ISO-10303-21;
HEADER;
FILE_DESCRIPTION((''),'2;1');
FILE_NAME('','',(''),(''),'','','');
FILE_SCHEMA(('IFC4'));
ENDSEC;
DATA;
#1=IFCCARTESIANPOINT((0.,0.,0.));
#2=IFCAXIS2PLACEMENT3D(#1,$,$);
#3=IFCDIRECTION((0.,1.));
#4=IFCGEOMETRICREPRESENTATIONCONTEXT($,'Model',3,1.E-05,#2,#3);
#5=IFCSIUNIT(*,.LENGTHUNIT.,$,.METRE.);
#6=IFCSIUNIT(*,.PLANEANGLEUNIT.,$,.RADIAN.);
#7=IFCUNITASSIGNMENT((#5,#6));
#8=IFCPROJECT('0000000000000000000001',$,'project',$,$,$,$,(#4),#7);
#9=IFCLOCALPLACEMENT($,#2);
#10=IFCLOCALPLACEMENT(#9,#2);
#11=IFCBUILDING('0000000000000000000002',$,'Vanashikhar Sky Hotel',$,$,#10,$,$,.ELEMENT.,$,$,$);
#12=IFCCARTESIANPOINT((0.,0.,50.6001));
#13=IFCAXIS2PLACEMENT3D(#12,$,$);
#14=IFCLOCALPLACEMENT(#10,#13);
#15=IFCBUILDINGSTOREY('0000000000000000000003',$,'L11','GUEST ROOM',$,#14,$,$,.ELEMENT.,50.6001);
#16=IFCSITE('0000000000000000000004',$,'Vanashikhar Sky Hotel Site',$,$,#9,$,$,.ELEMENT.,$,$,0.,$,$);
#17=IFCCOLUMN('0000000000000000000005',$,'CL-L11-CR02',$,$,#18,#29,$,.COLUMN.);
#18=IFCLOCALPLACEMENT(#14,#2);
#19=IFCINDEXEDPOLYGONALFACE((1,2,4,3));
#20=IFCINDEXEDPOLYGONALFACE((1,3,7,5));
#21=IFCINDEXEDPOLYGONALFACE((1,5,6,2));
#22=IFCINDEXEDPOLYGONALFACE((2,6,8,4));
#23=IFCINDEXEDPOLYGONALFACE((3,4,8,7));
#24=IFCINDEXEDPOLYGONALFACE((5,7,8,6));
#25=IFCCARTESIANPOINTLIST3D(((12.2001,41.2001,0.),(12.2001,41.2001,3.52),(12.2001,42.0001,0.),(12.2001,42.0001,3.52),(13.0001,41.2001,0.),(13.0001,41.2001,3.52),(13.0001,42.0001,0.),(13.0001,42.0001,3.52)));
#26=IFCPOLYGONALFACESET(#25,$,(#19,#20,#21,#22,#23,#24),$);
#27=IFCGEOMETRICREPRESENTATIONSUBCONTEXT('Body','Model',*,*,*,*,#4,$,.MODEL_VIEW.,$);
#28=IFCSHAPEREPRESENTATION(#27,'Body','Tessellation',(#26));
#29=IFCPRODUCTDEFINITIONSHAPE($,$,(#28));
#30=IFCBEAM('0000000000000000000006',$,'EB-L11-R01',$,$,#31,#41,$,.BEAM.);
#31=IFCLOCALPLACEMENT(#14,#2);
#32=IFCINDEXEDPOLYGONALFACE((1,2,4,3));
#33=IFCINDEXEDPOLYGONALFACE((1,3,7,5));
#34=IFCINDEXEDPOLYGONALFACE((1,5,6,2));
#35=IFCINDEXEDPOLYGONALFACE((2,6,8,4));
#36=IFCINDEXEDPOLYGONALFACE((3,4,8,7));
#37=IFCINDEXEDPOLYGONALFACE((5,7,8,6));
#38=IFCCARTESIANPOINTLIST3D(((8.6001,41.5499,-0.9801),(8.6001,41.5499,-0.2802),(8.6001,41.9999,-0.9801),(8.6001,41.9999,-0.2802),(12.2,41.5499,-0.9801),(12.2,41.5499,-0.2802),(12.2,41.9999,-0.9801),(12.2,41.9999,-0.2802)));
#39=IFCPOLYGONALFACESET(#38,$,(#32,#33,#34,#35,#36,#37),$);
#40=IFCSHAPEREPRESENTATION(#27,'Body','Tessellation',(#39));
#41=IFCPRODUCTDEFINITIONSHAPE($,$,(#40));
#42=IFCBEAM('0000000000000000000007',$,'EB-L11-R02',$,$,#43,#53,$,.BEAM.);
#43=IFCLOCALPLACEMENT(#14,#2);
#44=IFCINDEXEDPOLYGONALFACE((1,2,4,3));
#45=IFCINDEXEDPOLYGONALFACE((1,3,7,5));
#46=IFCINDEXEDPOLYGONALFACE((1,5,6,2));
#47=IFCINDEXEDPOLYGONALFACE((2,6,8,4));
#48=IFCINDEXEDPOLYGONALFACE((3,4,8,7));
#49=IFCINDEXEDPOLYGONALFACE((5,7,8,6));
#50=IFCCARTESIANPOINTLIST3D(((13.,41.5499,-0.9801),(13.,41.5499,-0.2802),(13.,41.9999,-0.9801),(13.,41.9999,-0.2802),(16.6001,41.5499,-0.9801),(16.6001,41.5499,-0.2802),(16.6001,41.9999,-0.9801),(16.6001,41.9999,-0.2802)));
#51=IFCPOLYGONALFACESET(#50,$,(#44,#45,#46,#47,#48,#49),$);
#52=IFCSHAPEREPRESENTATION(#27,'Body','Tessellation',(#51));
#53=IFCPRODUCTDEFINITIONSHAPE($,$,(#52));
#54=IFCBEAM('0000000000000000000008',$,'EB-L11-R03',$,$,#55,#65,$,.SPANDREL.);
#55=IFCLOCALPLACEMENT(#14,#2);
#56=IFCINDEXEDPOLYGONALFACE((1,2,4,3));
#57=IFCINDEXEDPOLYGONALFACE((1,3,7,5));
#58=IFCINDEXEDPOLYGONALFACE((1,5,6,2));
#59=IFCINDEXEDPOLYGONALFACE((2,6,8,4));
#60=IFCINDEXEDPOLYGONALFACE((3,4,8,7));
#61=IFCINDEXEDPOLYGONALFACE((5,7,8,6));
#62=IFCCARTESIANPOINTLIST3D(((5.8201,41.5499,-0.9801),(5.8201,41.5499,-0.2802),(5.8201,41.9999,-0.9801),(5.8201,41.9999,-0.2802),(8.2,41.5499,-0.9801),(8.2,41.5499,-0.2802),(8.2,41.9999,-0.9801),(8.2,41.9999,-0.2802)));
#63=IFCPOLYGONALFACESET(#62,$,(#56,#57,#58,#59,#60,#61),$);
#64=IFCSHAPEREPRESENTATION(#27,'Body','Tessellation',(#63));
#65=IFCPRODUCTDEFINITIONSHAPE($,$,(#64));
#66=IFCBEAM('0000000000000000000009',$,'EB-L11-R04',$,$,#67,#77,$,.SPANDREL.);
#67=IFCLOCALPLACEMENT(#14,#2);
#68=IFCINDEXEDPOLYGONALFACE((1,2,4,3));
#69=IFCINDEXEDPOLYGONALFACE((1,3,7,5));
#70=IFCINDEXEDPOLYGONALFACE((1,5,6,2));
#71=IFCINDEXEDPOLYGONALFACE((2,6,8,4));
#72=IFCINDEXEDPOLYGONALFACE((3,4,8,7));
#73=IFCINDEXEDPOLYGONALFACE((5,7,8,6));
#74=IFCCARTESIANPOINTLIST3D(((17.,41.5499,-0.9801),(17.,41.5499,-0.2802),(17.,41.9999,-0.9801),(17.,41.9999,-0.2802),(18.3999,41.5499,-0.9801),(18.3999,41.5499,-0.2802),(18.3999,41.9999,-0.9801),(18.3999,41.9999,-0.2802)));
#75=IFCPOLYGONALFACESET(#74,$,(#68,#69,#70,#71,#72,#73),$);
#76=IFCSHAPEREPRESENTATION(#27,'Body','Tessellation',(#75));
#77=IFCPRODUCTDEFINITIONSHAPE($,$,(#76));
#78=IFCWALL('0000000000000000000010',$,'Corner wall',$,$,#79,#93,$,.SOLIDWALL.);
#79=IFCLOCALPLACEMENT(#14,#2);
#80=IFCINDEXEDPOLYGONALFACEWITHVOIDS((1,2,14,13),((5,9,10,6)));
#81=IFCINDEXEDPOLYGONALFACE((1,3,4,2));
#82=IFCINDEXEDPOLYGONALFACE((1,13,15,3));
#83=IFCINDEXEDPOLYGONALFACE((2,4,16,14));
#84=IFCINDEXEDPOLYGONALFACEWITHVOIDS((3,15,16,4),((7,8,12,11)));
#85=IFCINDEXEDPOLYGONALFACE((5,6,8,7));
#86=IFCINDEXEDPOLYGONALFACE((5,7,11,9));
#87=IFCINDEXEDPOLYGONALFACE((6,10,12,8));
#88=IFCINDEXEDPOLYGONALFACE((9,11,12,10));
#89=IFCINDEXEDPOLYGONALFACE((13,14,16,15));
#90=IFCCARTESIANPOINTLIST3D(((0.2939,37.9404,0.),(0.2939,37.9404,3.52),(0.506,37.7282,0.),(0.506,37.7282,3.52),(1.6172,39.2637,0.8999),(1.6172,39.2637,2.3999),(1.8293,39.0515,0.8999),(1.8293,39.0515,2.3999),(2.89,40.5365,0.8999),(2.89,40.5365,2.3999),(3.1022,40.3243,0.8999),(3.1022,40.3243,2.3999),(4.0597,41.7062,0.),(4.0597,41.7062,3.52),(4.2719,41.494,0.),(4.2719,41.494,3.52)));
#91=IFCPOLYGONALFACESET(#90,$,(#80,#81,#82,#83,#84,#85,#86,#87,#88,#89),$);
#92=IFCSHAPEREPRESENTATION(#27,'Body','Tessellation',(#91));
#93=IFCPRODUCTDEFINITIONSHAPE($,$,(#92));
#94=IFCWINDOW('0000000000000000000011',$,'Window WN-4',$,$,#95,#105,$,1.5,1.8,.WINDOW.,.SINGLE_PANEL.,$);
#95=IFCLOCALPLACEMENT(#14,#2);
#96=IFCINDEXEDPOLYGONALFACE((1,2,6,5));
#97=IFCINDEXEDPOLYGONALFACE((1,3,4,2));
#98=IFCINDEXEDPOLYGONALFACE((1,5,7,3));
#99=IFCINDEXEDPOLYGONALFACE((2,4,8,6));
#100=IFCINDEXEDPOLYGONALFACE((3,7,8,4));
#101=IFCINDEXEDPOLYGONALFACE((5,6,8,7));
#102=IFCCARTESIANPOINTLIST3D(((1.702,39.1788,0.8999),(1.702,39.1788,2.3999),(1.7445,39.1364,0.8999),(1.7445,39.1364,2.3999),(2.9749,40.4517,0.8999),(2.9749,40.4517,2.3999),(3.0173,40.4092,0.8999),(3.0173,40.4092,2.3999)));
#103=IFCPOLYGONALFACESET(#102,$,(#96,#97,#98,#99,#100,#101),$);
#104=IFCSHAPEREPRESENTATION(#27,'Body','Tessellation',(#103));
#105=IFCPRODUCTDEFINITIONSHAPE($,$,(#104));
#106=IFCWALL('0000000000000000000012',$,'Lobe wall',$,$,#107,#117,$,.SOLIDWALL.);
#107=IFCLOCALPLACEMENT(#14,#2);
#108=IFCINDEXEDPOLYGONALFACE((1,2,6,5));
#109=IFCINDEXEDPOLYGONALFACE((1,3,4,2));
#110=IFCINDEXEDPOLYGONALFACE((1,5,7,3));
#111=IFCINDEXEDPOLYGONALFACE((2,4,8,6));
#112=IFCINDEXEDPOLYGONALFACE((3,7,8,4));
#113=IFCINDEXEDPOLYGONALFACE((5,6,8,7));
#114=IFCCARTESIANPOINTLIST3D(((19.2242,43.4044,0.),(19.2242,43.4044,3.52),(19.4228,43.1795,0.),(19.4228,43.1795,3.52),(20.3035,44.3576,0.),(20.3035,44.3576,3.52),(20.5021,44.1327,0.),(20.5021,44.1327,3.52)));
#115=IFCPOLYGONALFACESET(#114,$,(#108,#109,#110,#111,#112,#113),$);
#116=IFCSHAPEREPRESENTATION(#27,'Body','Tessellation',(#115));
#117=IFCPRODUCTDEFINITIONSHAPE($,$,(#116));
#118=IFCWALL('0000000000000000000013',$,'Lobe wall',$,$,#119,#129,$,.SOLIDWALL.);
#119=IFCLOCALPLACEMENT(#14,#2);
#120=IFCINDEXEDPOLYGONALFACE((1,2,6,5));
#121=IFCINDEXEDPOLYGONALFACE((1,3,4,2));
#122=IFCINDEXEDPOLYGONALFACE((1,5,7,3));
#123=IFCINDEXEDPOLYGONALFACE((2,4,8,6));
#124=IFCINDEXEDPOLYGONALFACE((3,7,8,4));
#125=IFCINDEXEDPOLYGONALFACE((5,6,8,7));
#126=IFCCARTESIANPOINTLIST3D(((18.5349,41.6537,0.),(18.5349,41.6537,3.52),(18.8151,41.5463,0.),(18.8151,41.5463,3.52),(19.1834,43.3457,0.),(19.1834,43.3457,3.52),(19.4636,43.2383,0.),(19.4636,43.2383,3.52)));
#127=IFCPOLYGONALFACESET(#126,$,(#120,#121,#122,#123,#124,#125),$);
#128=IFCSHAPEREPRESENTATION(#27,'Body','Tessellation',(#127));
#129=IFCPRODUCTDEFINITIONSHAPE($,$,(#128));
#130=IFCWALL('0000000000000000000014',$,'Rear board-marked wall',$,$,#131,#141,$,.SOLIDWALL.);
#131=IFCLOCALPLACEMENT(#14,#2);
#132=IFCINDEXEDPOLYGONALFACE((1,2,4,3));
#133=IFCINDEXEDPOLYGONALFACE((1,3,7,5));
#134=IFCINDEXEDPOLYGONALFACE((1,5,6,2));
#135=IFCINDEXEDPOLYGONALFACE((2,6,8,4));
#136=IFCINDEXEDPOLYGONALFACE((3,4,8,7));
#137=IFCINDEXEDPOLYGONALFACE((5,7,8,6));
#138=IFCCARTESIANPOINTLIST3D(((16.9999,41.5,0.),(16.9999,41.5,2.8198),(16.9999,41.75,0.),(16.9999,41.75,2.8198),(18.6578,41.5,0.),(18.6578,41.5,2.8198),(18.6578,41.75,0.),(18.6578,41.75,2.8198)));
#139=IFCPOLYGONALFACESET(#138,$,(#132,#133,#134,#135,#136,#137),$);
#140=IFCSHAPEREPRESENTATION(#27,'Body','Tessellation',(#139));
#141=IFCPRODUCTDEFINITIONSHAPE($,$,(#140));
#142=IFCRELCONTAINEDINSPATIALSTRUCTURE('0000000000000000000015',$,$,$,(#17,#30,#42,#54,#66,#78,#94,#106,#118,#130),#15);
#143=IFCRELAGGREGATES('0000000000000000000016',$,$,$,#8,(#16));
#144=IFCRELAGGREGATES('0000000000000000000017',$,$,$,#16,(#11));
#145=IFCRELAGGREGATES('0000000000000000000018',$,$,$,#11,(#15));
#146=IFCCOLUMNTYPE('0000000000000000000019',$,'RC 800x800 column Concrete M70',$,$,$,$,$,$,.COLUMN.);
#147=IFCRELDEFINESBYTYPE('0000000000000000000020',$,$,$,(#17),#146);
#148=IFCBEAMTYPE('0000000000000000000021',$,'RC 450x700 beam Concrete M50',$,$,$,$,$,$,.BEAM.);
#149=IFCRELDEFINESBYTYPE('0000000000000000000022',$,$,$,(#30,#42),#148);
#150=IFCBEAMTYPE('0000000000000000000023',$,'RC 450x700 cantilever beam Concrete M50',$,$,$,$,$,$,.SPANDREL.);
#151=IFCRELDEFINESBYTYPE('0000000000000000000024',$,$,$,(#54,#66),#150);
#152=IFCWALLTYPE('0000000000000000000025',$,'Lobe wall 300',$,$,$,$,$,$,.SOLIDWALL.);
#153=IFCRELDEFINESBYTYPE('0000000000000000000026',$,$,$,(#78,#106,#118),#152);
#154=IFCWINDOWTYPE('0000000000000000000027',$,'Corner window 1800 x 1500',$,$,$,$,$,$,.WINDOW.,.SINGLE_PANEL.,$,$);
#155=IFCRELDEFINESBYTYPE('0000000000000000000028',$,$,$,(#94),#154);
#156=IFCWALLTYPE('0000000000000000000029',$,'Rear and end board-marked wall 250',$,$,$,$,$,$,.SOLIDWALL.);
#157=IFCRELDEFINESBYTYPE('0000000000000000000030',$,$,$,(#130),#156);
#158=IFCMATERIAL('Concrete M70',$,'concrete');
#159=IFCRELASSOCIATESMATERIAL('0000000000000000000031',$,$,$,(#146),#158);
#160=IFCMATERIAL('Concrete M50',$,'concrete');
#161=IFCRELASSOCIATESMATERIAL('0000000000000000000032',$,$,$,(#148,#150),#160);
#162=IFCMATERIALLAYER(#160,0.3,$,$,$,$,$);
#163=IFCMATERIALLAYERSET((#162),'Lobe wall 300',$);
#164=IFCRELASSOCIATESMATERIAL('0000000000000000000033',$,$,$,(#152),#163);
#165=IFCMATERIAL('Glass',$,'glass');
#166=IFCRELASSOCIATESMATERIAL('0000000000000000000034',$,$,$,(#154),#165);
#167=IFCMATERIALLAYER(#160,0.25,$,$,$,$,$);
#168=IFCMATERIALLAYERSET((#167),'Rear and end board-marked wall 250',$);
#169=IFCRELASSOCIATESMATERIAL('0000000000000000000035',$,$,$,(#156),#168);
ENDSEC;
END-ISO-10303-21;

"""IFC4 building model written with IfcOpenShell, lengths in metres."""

from ifc_helpers import new_model, si_unit, direction, frame, frame_2d, origin, origin_2d, place, context, subcontext, project, spatial, rectangle, extrude, source, transform, mapped, material, layer, layer_set, material_profile, profile_set, type_object, element, fill, save


model = new_model("IFC4")

# Units and contexts
model_context = context("Model", 3, precision=1e-05, world=origin(), true_north=direction((0.0, 1.0)))
body_context = subcontext(model_context, "Body", "Model", "MODEL_VIEW")
ifc_project = project(units=[si_unit("LENGTHUNIT", "METRE"), si_unit("PLANEANGLEUNIT", "RADIAN")], contexts=[model_context])

# Site, building, storey
site_placement = place(None, origin())
site = spatial("IfcSite", under=ifc_project, at=site_placement, Name="Vanashikhar Sky Hotel Site", CompositionType="ELEMENT", RefElevation=0.0)
building_placement = place(site_placement, origin())
building = spatial("IfcBuilding", under=site, at=building_placement, Name="Vanashikhar Sky Hotel", CompositionType="ELEMENT")
storey_placement = place(building_placement, frame((0.0, 0.0, 50.6001)))
storey = spatial("IfcBuildingStorey", under=building, at=storey_placement, Name="L11", Description="GUEST ROOM", CompositionType="ELEMENT", Elevation=50.6001)

# Column
ifc_material_1 = material(Name="Concrete M70", Category="concrete")
ifc_material_profile_1 = material_profile(ifc_material_1, rectangle(XDim=0.8, YDim=0.8, at=origin_2d()))
ifc_profile_set_1 = profile_set([ifc_material_profile_1], Name="RC 800x800 column Concrete M70")
column_type = type_object("IfcColumnType", Name="RC 800x800 column Concrete M70", PredefinedType="COLUMN", material=ifc_profile_set_1)
shared_shape_1 = source(origin(), body_context, "Body", "SweptSolid", [
    extrude(rectangle(XDim=0.8, YDim=0.8, at=origin_2d()), origin(), (0.0, 0.0, 1.0), 3.52),
])
column_placement = place(storey_placement, frame((12.6001, 41.6001, 0.0), z_axis=(0.0, 0.0, 1.0), x_axis=(1.0, 0.0, 0.0)))
element("IfcColumn", 1, at=column_placement, inside=storey, type_object=column_type, Name="CL-L11-CR02", PredefinedType="COLUMN", context=body_context, shape_type="MappedRepresentation", body=[
    mapped(shared_shape_1, transform((0.0, 0.0, 0.0), scale=1.0)),
])

# Beams
ifc_material_2 = material(Name="Concrete M50", Category="concrete")
ifc_material_profile_2 = material_profile(ifc_material_2, rectangle(XDim=0.45, YDim=0.7, at=origin_2d()))
ifc_profile_set_2 = profile_set([ifc_material_profile_2], Name="RC 450x700 beam Concrete M50")
beam_type_1 = type_object("IfcBeamType", Name="RC 450x700 beam Concrete M50", PredefinedType="BEAM", material=ifc_profile_set_2)
shared_shape_2 = source(origin(), body_context, "Body", "SweptSolid", [
    extrude(rectangle(XDim=0.45, YDim=0.7, at=origin_2d()), origin(), (0.0, 0.0, 1.0), 3.5999),
])
beam_1_placement = place(storey_placement, frame((8.6001, 41.7749, -0.6301), z_axis=(1.0, 0.0, 0.0), x_axis=(0.0, 1.0, 0.0)))
element("IfcBeam", 2, at=beam_1_placement, inside=storey, type_object=beam_type_1, Name="EB-L11-R01", PredefinedType="BEAM", context=body_context, shape_type="MappedRepresentation", body=[
    mapped(shared_shape_2, transform((0.0, 0.0, 0.0), scale=1.0)),
])
shared_shape_3 = source(origin(), body_context, "Body", "SweptSolid", [
    extrude(rectangle(XDim=0.45, YDim=0.7, at=origin_2d()), origin(), (0.0, 0.0, 1.0), 3.6001),
])
beam_2_placement = place(storey_placement, frame((13.0, 41.7749, -0.6301), z_axis=(1.0, 0.0, 0.0), x_axis=(0.0, 1.0, 0.0)))
element("IfcBeam", 3, at=beam_2_placement, inside=storey, type_object=beam_type_1, Name="EB-L11-R02", PredefinedType="BEAM", context=body_context, shape_type="MappedRepresentation", body=[
    mapped(shared_shape_3, transform((0.0, 0.0, 0.0), scale=1.0)),
])
ifc_material_profile_3 = material_profile(ifc_material_2, rectangle(XDim=0.45, YDim=0.7, at=origin_2d()))
ifc_profile_set_3 = profile_set([ifc_material_profile_3], Name="RC 450x700 cantilever beam Concrete M50")
beam_type_2 = type_object("IfcBeamType", Name="RC 450x700 cantilever beam Concrete M50", PredefinedType="SPANDREL", material=ifc_profile_set_3)
shared_shape_4 = source(origin(), body_context, "Body", "SweptSolid", [
    extrude(rectangle(XDim=0.45, YDim=0.7, at=origin_2d()), origin(), (0.0, 0.0, 1.0), 2.3799),
])
beam_3_placement = place(storey_placement, frame((5.8201, 41.7749, -0.6301), z_axis=(1.0, 0.0, 0.0), x_axis=(0.0, 1.0, 0.0)))
element("IfcBeam", 4, at=beam_3_placement, inside=storey, type_object=beam_type_2, Name="EB-L11-R03", PredefinedType="SPANDREL", context=body_context, shape_type="MappedRepresentation", body=[
    mapped(shared_shape_4, transform((0.0, 0.0, 0.0), scale=1.0)),
])
shared_shape_5 = source(origin(), body_context, "Body", "SweptSolid", [
    extrude(rectangle(XDim=0.45, YDim=0.7, at=origin_2d()), origin(), (0.0, 0.0, 1.0), 1.3999),
])
beam_4_placement = place(storey_placement, frame((17.0, 41.7749, -0.6301), z_axis=(1.0, 0.0, 0.0), x_axis=(0.0, 1.0, 0.0)))
element("IfcBeam", 5, at=beam_4_placement, inside=storey, type_object=beam_type_2, Name="EB-L11-R04", PredefinedType="SPANDREL", context=body_context, shape_type="MappedRepresentation", body=[
    mapped(shared_shape_5, transform((0.0, 0.0, 0.0), scale=1.0)),
])

# Wall, opening, window
ifc_layer_1 = layer(ifc_material_2, 0.3)
ifc_layer_set_1 = layer_set([ifc_layer_1], Name="Lobe wall 300")
wall_type_1 = type_object("IfcWallType", Name="Lobe wall 300", PredefinedType="SOLIDWALL", material=ifc_layer_set_1)
shared_shape_6 = source(origin(), body_context, "Body", "SweptSolid", [
    extrude(rectangle(XDim=5.3257, YDim=0.3, at=frame_2d((2.6628, 0.0))), origin(), (0.0, 0.0, 1.0), 3.52),
])
wall_1_placement = place(storey_placement, frame((4.1658, 41.6001, 0.0), z_axis=(0.0, 0.0, 1.0), x_axis=(-0.707107, -0.707107, 0.0)))
wall_1 = element("IfcWall", 6, at=wall_1_placement, inside=storey, type_object=wall_type_1, Name="Corner wall", PredefinedType="SOLIDWALL", context=body_context, shape_type="MappedRepresentation", body=[
    mapped(shared_shape_6, transform((0.0, 0.0, 0.0), scale=1.0)),
])
shared_shape_7 = source(origin(), body_context, "Body", "SweptSolid", [
    extrude(rectangle(XDim=1.8, YDim=1.5, at=frame_2d((0.8999, 0.75))), frame((0.0, 0.1602, 0.0), z_axis=(0.0, -1.0, 0.0), x_axis=(1.0, 0.0, 0.0)), (0.0, 0.0, 1.0), 0.3201),
])
opening_1_placement = place(wall_1_placement, frame((1.6543, 0.0, 0.8999)))
opening_1 = element("IfcOpeningElement", 7, at=opening_1_placement, cuts=wall_1, PredefinedType="OPENING", context=body_context, shape_type="MappedRepresentation", body=[
    mapped(shared_shape_7, transform((0.0, 0.0, 0.0), scale=1.0)),
])
ifc_material_3 = material(Name="Glass", Category="glass")
window_type_1 = type_object("IfcWindowType", Name="Corner window 1800 x 1500", PartitioningType="SINGLE_PANEL", PredefinedType="WINDOW", material=ifc_material_3)
shared_shape_8 = source(origin(), body_context, "Body", "SweptSolid", [
    extrude(rectangle(XDim=1.8, YDim=1.5, at=frame_2d((0.8999, 0.75))), frame((0.0, 0.03, 0.0), z_axis=(0.0, -1.0, 0.0), x_axis=(1.0, 0.0, 0.0)), (0.0, 0.0, 1.0), 0.0601),
])
window_1_placement = place(opening_1_placement, origin())
window_1 = element("IfcWindow", 8, at=window_1_placement, inside=storey, type_object=window_type_1, Name="Window WN-4", OverallHeight=1.5, OverallWidth=1.8, PartitioningType="SINGLE_PANEL", PredefinedType="WINDOW", context=body_context, shape_type="MappedRepresentation", body=[
    mapped(shared_shape_8, transform((0.0, 0.0, 0.0), scale=1.0)),
])
fill(opening_1, window_1)

# Walls
shared_shape_9 = source(origin(), body_context, "Body", "SweptSolid", [
    extrude(rectangle(XDim=1.4399, YDim=0.3, at=frame_2d((0.72, 0.0))), origin(), (0.0, 0.0, 1.0), 3.52),
])
wall_2_placement = place(storey_placement, frame((20.4028, 44.2451, 0.0), z_axis=(0.0, 0.0, 1.0), x_axis=(-0.749576, -0.661919, 0.0)))
element("IfcWall", 9, at=wall_2_placement, inside=storey, type_object=wall_type_1, Name="Lobe wall", PredefinedType="SOLIDWALL", context=body_context, shape_type="MappedRepresentation", body=[
    mapped(shared_shape_9, transform((0.0, 0.0, 0.0), scale=1.0)),
])
shared_shape_10 = source(origin(), body_context, "Body", "SweptSolid", [
    extrude(rectangle(XDim=1.812, YDim=0.3, at=frame_2d((0.906, 0.0))), origin(), (0.0, 0.0, 1.0), 3.52),
])
wall_3_placement = place(storey_placement, frame((19.3235, 43.292, 0.0), z_axis=(0.0, 0.0, 1.0), x_axis=(-0.357877, -0.933769, 0.0)))
element("IfcWall", 10, at=wall_3_placement, inside=storey, type_object=wall_type_1, Name="Lobe wall", PredefinedType="SOLIDWALL", context=body_context, shape_type="MappedRepresentation", body=[
    mapped(shared_shape_10, transform((0.0, 0.0, 0.0), scale=1.0)),
])
ifc_layer_2 = layer(ifc_material_2, 0.25)
ifc_layer_set_2 = layer_set([ifc_layer_2], Name="Rear and end board-marked wall 250")
wall_type_2 = type_object("IfcWallType", Name="Rear and end board-marked wall 250", PredefinedType="SOLIDWALL", material=ifc_layer_set_2)
shared_shape_11 = source(origin(), body_context, "Body", "SweptSolid", [
    extrude(rectangle(XDim=1.658, YDim=0.25, at=frame_2d((0.8291, 0.0))), origin(), (0.0, 0.0, 1.0), 2.8198),
])
wall_4_placement = place(storey_placement, frame((18.658, 41.625, 0.0), z_axis=(0.0, 0.0, 1.0), x_axis=(-1.0, 0.0, 0.0)))
element("IfcWall", 11, at=wall_4_placement, inside=storey, type_object=wall_type_2, Name="Rear board-marked wall", PredefinedType="SOLIDWALL", context=body_context, shape_type="MappedRepresentation", body=[
    mapped(shared_shape_11, transform((0.0, 0.0, 0.0), scale=1.0)),
])

save(model, "model.ifc")
